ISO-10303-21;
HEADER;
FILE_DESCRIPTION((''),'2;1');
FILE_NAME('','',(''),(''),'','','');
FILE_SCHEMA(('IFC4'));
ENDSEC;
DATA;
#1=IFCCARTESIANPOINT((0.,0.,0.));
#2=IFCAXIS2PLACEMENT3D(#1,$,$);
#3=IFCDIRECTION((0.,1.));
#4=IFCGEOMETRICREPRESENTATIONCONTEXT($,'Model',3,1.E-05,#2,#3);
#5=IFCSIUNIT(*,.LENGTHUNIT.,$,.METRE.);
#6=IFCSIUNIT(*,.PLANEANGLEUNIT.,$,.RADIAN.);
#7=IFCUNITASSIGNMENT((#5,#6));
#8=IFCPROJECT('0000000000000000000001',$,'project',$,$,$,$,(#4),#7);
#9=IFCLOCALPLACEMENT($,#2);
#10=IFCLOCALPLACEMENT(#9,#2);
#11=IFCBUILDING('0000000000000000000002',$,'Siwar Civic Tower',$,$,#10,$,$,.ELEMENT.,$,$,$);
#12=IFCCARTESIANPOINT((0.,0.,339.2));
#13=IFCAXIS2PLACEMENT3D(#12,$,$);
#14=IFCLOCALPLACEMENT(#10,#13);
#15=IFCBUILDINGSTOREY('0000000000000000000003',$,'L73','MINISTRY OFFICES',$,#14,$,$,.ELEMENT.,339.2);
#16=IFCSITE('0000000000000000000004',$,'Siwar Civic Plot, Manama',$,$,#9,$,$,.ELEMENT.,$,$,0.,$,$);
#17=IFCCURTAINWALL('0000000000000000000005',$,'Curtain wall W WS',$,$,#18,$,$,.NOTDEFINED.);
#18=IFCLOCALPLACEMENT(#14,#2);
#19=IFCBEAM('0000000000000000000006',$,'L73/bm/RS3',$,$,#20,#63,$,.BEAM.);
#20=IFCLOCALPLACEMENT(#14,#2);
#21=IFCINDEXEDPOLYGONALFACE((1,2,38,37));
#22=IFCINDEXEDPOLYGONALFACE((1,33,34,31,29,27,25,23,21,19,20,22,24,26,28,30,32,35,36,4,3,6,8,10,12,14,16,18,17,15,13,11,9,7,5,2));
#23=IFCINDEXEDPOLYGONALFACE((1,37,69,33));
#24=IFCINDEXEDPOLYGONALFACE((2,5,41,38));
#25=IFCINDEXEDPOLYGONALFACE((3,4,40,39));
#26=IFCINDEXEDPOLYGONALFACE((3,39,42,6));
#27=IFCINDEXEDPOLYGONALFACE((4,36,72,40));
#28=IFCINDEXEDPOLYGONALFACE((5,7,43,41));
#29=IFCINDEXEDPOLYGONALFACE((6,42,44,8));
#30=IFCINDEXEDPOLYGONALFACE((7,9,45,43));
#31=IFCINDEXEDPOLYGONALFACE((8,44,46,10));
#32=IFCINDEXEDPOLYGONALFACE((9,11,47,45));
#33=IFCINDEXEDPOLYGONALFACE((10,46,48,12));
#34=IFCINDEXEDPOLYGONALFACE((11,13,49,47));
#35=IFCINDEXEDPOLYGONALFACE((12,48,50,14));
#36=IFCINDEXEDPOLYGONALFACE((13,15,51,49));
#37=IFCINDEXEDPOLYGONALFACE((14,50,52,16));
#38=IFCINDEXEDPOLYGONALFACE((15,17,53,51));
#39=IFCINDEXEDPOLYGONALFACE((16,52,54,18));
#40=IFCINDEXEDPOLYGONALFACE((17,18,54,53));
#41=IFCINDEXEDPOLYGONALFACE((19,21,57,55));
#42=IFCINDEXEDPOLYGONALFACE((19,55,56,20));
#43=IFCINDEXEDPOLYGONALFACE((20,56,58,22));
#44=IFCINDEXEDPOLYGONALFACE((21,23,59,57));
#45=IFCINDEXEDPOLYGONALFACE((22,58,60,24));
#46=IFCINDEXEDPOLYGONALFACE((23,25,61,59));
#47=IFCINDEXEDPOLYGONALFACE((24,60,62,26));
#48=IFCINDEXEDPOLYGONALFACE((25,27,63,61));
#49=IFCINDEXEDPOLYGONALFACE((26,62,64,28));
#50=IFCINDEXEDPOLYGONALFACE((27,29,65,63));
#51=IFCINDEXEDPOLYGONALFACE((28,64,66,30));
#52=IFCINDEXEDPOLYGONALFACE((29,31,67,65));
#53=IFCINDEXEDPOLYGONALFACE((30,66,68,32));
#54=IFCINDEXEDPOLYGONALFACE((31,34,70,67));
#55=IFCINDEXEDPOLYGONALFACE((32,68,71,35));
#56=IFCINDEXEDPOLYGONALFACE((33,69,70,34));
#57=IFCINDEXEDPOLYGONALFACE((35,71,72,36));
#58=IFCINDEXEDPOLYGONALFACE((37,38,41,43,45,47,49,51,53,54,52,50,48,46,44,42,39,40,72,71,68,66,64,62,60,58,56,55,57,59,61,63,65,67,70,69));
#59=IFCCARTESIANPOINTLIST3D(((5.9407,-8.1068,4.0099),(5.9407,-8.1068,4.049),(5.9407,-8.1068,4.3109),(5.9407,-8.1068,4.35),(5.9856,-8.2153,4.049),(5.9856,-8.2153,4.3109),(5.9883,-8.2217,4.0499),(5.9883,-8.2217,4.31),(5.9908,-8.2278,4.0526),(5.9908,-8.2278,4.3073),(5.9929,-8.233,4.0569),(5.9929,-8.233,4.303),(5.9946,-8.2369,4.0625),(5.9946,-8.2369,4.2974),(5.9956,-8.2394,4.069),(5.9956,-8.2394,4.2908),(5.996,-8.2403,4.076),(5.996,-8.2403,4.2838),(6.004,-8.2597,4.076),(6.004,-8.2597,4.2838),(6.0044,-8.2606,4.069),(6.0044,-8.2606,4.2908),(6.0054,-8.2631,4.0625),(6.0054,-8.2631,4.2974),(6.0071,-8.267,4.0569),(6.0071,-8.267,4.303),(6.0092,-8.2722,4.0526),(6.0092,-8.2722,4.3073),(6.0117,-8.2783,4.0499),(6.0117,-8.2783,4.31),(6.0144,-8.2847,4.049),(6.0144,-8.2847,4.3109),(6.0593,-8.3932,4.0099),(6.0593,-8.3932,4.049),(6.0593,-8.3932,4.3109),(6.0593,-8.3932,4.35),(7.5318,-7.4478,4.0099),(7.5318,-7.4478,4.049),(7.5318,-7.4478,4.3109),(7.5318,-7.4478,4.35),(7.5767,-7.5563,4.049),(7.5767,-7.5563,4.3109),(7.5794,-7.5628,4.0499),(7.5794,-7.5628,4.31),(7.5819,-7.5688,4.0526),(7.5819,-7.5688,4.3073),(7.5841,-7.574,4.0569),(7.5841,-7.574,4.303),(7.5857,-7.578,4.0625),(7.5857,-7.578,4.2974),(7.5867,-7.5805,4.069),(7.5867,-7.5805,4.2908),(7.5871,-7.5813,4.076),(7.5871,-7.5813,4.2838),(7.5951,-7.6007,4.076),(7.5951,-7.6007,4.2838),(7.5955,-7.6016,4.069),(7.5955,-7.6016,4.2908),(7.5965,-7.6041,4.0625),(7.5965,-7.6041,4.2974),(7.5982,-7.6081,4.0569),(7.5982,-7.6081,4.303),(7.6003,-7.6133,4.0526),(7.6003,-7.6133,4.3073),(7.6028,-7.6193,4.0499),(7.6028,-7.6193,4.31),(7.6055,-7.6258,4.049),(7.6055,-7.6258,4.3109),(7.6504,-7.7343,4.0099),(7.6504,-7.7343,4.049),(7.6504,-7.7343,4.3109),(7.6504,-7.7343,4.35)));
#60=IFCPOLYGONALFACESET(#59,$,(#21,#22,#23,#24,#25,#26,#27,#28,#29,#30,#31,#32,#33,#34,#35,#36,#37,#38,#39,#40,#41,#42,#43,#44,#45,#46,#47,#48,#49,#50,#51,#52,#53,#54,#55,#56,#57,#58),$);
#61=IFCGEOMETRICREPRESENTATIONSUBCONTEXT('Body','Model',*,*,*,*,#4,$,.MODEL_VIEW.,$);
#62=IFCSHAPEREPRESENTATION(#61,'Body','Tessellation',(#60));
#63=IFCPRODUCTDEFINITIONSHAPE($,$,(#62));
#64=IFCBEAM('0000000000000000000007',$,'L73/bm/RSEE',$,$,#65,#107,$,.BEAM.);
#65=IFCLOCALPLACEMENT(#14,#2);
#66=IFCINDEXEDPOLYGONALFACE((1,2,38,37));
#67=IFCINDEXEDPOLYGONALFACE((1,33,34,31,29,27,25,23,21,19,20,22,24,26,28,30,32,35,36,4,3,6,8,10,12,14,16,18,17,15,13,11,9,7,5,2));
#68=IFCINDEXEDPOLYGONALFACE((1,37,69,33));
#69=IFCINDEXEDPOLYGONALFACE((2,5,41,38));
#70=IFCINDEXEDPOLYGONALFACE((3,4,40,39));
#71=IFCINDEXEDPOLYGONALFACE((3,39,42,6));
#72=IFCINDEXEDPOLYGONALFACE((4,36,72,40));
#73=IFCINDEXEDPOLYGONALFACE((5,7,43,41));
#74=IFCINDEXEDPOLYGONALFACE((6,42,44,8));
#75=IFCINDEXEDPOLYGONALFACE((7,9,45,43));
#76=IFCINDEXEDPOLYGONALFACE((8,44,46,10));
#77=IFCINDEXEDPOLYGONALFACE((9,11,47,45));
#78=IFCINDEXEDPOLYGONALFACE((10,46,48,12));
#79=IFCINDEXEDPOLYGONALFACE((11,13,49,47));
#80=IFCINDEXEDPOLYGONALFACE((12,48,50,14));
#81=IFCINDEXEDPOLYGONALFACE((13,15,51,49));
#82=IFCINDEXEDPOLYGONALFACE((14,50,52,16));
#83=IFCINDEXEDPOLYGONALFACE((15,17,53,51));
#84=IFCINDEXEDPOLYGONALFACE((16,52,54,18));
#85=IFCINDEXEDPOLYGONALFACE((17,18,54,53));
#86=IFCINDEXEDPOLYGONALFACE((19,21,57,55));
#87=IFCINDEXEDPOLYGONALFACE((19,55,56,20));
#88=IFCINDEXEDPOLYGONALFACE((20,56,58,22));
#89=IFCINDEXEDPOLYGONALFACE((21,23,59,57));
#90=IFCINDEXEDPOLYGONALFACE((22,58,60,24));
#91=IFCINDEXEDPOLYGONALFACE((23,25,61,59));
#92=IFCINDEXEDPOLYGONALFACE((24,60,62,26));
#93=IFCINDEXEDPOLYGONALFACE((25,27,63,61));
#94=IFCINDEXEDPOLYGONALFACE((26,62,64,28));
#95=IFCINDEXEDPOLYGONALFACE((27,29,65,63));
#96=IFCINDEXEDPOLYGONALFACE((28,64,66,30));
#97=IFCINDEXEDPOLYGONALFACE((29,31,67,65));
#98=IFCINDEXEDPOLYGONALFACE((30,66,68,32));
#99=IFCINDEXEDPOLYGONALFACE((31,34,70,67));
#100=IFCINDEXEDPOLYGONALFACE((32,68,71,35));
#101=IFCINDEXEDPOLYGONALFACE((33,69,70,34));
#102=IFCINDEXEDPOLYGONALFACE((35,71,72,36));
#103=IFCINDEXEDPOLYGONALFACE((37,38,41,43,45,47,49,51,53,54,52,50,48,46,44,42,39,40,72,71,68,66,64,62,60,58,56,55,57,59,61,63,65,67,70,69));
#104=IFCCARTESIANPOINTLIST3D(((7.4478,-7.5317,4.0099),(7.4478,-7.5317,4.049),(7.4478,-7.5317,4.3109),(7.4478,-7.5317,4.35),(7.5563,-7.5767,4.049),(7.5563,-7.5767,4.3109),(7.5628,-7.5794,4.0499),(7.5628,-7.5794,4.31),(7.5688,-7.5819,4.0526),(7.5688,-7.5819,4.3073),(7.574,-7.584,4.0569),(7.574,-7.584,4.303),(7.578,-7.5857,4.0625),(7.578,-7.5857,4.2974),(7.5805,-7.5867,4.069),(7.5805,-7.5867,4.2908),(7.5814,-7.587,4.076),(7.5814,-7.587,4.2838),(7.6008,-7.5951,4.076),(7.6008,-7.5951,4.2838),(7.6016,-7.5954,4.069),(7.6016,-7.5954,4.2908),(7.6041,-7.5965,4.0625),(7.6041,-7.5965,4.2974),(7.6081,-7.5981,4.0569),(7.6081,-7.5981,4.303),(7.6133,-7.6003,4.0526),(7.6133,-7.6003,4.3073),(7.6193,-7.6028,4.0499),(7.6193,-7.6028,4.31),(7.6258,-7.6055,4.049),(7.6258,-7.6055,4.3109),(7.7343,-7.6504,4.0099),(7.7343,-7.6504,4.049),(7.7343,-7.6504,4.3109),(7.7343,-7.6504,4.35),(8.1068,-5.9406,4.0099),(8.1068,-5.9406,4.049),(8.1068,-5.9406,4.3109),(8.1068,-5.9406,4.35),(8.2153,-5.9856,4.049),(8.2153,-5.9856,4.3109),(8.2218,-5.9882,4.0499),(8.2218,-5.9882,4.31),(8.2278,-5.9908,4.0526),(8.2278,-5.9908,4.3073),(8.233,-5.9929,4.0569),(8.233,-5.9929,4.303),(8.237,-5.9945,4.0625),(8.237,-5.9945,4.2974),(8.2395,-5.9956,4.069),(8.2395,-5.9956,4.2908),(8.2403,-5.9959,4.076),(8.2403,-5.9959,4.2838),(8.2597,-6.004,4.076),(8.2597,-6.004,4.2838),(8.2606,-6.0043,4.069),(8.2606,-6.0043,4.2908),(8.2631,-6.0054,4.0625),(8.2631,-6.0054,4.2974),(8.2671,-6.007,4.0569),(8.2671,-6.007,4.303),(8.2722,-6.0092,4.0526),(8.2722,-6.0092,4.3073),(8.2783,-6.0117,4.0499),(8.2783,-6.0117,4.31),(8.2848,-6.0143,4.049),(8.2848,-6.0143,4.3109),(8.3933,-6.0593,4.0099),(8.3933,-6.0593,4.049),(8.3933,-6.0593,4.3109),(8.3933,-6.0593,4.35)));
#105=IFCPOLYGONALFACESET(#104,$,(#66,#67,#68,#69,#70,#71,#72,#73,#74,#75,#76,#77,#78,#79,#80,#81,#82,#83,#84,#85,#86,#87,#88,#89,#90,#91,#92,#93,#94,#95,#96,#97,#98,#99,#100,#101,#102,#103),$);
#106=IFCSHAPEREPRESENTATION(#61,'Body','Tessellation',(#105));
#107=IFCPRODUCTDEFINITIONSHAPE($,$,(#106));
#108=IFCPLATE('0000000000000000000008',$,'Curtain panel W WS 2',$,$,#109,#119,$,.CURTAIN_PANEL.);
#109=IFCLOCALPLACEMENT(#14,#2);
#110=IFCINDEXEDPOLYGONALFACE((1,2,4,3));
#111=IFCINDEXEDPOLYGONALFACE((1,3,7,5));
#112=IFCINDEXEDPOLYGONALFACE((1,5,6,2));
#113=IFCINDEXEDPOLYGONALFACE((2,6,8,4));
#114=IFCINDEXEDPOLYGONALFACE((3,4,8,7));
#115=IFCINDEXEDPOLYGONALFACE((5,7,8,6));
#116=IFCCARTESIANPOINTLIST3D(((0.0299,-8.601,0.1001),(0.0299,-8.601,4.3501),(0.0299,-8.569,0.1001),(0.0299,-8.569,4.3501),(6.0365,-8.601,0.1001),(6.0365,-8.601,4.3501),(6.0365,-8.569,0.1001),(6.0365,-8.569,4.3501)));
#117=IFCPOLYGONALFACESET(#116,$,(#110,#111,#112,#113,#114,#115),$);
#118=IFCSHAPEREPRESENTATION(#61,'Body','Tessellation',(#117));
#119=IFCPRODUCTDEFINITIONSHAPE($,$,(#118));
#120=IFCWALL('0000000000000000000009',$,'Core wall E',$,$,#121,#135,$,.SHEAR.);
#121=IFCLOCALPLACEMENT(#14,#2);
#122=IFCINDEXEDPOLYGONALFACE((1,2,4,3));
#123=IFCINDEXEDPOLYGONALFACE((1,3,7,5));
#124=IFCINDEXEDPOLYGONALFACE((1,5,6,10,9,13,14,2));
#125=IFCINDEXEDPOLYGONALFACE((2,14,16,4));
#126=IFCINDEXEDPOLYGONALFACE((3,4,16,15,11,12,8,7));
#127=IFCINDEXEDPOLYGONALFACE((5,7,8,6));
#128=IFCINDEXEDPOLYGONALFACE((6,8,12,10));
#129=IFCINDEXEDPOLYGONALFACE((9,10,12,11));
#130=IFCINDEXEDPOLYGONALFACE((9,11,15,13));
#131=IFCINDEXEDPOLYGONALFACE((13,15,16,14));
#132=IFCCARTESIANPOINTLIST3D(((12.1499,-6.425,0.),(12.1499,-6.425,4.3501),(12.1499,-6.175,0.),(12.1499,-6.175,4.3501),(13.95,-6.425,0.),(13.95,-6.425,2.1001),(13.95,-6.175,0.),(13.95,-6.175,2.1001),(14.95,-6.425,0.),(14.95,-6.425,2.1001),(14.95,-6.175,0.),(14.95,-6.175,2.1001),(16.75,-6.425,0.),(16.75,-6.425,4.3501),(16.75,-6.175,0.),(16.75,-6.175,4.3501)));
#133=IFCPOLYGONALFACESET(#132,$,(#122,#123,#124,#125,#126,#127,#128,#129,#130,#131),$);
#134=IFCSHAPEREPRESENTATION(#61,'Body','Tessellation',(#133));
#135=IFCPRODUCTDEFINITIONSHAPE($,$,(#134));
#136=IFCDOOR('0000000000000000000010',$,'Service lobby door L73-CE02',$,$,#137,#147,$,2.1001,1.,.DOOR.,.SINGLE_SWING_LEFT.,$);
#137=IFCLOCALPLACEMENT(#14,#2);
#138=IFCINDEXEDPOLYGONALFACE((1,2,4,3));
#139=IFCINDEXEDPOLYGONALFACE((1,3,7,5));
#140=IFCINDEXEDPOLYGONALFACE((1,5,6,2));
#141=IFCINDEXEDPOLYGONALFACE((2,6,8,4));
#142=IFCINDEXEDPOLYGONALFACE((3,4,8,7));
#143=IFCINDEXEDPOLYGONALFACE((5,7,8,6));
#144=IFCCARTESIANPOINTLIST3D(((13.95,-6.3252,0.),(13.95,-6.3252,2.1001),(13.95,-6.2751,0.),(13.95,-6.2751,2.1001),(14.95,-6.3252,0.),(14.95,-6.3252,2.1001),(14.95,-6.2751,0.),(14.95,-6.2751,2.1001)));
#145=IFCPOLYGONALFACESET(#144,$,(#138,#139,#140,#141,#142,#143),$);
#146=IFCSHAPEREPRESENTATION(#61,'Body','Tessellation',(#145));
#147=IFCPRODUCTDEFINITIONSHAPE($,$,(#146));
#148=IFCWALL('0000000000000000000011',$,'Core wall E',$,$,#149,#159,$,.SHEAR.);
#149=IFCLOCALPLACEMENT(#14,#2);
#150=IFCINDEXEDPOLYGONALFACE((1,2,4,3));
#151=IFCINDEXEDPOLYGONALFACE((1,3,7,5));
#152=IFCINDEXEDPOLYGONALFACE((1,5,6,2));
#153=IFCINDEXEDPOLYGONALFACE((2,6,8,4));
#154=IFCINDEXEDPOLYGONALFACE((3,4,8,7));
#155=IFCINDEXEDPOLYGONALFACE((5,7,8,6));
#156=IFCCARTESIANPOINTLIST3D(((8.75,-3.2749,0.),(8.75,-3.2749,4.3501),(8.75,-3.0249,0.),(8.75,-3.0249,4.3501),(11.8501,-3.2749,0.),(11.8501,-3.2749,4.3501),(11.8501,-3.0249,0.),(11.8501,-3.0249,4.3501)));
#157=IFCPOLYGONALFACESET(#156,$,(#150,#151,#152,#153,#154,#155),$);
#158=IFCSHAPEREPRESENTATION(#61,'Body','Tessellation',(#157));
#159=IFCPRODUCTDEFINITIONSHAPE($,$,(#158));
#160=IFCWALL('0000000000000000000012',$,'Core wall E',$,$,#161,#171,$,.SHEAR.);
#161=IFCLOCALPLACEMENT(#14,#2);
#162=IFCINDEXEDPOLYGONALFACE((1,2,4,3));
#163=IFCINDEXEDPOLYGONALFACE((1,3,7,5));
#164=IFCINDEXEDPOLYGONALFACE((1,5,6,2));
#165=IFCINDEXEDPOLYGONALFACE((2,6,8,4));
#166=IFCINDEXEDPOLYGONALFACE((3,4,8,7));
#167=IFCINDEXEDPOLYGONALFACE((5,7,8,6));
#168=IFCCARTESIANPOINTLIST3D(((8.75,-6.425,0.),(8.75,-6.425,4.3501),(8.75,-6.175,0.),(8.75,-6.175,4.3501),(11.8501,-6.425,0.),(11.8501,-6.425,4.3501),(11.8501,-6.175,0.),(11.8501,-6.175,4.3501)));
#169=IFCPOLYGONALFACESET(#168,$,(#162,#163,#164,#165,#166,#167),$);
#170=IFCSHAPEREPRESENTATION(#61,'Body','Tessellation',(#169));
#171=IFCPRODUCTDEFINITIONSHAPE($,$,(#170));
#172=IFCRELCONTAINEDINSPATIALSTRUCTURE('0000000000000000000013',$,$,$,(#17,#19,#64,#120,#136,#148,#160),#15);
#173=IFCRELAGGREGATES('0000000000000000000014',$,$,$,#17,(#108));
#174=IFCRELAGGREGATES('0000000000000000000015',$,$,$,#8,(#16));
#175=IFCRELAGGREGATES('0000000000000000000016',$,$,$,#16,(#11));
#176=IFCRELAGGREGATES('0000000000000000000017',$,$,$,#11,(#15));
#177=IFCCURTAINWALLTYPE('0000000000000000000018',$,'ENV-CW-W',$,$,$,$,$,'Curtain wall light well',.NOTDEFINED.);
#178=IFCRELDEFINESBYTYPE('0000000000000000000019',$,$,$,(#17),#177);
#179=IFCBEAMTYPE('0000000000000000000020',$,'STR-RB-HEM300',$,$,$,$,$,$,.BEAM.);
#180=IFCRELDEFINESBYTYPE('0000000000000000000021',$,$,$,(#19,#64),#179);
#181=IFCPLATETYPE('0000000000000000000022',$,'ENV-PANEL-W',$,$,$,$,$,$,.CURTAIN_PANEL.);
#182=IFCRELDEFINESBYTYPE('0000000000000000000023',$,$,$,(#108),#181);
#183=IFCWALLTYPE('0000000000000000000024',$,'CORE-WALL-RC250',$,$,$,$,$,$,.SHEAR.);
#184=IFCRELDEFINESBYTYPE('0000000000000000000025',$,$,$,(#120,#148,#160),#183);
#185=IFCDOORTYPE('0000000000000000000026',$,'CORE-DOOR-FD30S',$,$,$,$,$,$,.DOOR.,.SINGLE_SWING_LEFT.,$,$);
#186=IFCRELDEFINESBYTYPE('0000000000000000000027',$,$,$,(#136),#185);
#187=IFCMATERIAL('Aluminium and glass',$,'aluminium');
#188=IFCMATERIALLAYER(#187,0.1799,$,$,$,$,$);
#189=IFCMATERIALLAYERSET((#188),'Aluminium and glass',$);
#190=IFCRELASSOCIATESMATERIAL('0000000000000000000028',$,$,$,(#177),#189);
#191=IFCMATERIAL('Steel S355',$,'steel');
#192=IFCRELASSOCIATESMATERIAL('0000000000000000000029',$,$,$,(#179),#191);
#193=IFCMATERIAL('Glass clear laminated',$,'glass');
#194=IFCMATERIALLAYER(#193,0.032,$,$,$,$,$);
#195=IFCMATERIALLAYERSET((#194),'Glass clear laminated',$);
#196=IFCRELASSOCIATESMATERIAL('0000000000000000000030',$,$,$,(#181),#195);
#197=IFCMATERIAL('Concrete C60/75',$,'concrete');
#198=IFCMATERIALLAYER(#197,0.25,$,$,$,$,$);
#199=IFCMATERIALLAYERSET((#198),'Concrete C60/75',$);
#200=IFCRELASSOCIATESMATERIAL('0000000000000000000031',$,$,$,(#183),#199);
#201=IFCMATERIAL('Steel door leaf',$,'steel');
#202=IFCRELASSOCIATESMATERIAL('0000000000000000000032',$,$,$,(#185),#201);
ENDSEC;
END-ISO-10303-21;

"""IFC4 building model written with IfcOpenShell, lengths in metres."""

from ifc_helpers import new_model, si_unit, direction, frame, frame_2d, origin, origin_2d, place, context, subcontext, project, spatial, rectangle, i_section, extrude, material, layer, layer_set, material_profile, profile_set, type_object, element, fill, aggregate, save


model = new_model("IFC4")

# Units and contexts
model_context = context("Model", 3, precision=1e-05, world=origin(), true_north=direction((0.0, 1.0)))
body_context = subcontext(model_context, "Body", "Model", "MODEL_VIEW")
ifc_project = project(units=[si_unit("LENGTHUNIT", "METRE"), si_unit("PLANEANGLEUNIT", "RADIAN")], contexts=[model_context])

# Site, building, storey
site_placement = place(None, origin())
site = spatial("IfcSite", under=ifc_project, at=site_placement, Name="Siwar Civic Plot, Manama", CompositionType="ELEMENT", RefElevation=0.0)
building_placement = place(site_placement, origin())
building = spatial("IfcBuilding", under=site, at=building_placement, Name="Siwar Civic Tower", CompositionType="ELEMENT")
storey_placement = place(building_placement, frame((0.0, 0.0, 339.2)))
storey = spatial("IfcBuildingStorey", under=building, at=storey_placement, Name="L73", Description="MINISTRY OFFICES", CompositionType="ELEMENT", Elevation=339.2)

# Curtain wall
ifc_material_1 = material(Name="Aluminium and glass", Category="aluminium")
ifc_layer_1 = layer(ifc_material_1, 0.1799)
ifc_layer_set_1 = layer_set([ifc_layer_1], Name="Aluminium and glass")
curtain_wall_type = type_object("IfcCurtainWallType", Name="ENV-CW-W", ElementType="Curtain wall light well", PredefinedType="NOTDEFINED", material=ifc_layer_set_1)
curtain_wall_placement = place(storey_placement, origin())
curtain_wall = element("IfcCurtainWall", 1, at=curtain_wall_placement, inside=storey, type_object=curtain_wall_type, Name="Curtain wall W WS", PredefinedType="NOTDEFINED")

# Beams
ifc_material_2 = material(Name="Steel S355", Category="steel")
ifc_material_profile_1 = material_profile(ifc_material_2, i_section(OverallWidth=0.3101, OverallDepth=0.3401, WebThickness=0.021, FlangeThickness=0.0391, FilletRadius=0.0271, at=origin_2d()), Name="HEM300")
ifc_profile_set_1 = profile_set([ifc_material_profile_1], Name="Steel S355")
beam_type_1 = type_object("IfcBeamType", Name="STR-RB-HEM300", PredefinedType="BEAM", material=ifc_profile_set_1)
for number, where, z_axis, x_axis, name in (
    (2, (6.0, -8.25, 4.1799), (0.923901, 0.382631, 0.0), (-0.382631, 0.923901, 0.0), "L73/bm/RS3"),
    (3, (7.5911, -7.5911, 4.1799), (0.382631, 0.923901, 0.0), (-0.923901, 0.382631, 0.0), "L73/bm/RSEE"),
):
    element("IfcBeam", number, at=place(storey_placement, frame(where, z_axis=z_axis, x_axis=x_axis)), inside=storey, type_object=beam_type_1, Name=name, PredefinedType="BEAM", context=body_context, shape_type="SweptSolid", body=[
        extrude(i_section(OverallWidth=0.3101, OverallDepth=0.3401, WebThickness=0.021, FlangeThickness=0.0391, FilletRadius=0.0271, at=origin_2d()), origin(), (0.0, 0.0, 1.0), 1.7222),
    ])

# Plate
ifc_material_3 = material(Name="Glass clear laminated", Category="glass")
ifc_layer_2 = layer(ifc_material_3, 0.032)
ifc_layer_set_2 = layer_set([ifc_layer_2], Name="Glass clear laminated")
plate_type = type_object("IfcPlateType", Name="ENV-PANEL-W", PredefinedType="CURTAIN_PANEL", material=ifc_layer_set_2)
plate_placement = place(storey_placement, frame((3.0332, -8.585, 0.1001), z_axis=(0.0, 0.0, 1.0), x_axis=(1.0, 0.0, 0.0)))
plate = element("IfcPlate", 4, at=plate_placement, type_object=plate_type, Name="Curtain panel W WS 2", PredefinedType="CURTAIN_PANEL", context=body_context, shape_type="SweptSolid", body=[
    extrude(rectangle(XDim=6.0066, YDim=0.032, at=origin_2d()), origin(), (0.0, 0.0, 1.0), 4.25),
])
aggregate(curtain_wall, [plate])

# Wall, opening, door
ifc_material_4 = material(Name="Concrete C60/75", Category="concrete")
ifc_layer_3 = layer(ifc_material_4, 0.25)
ifc_layer_set_3 = layer_set([ifc_layer_3], Name="Concrete C60/75")
wall_type_1 = type_object("IfcWallType", Name="CORE-WALL-RC250", PredefinedType="SHEAR", material=ifc_layer_set_3)
wall_1_placement = place(storey_placement, frame((12.1499, -6.3, 0.0), z_axis=(0.0, 0.0, 1.0), x_axis=(1.0, 0.0, 0.0)))
wall_1 = element("IfcWall", 5, at=wall_1_placement, inside=storey, type_object=wall_type_1, Name="Core wall E", PredefinedType="SHEAR", context=body_context, shape_type="SweptSolid", body=[
    extrude(rectangle(XDim=4.6001, YDim=0.25, at=frame_2d((2.3, 0.0))), origin(), (0.0, 0.0, 1.0), 4.3501),
])
opening_1_placement = place(wall_1_placement, frame((1.8, 0.0, 0.0)))
opening_1 = element("IfcOpeningElement", 6, at=opening_1_placement, cuts=wall_1, PredefinedType="OPENING", context=body_context, shape_type="SweptSolid", body=[
    extrude(rectangle(XDim=1.0, YDim=2.1001, at=frame_2d((0.5, 1.05))), frame((0.0, 0.135, 0.0), z_axis=(0.0, -1.0, 0.0), x_axis=(1.0, 0.0, 0.0)), (0.0, 0.0, 1.0), 0.27),
])
ifc_material_5 = material(Name="Steel door leaf", Category="steel")
door_type_1 = type_object("IfcDoorType", Name="CORE-DOOR-FD30S", OperationType="SINGLE_SWING_LEFT", PredefinedType="DOOR", material=ifc_material_5)
door_1_placement = place(opening_1_placement, origin())
door_1 = element("IfcDoor", 7, at=door_1_placement, inside=storey, type_object=door_type_1, Name="Service lobby door L73-CE02", OperationType="SINGLE_SWING_LEFT", OverallHeight=2.1001, OverallWidth=1.0, PredefinedType="DOOR", context=body_context, shape_type="SweptSolid", body=[
    extrude(rectangle(XDim=1.0, YDim=2.1001, at=frame_2d((0.5, 1.05))), frame((0.0, 0.0249, 0.0), z_axis=(0.0, -1.0, 0.0), x_axis=(1.0, 0.0, 0.0)), (0.0, 0.0, 1.0), 0.05),
])
fill(opening_1, door_1)

# Walls
for number, where, z_axis, x_axis, name in (
    (8, (8.75, -3.1499, 0.0), (0.0, 0.0, 1.0), (1.0, 0.0, 0.0), "Core wall E"),
    (9, (8.75, -6.3, 0.0), (0.0, 0.0, 1.0), (1.0, 0.0, 0.0), "Core wall E"),
):
    element("IfcWall", number, at=place(storey_placement, frame(where, z_axis=z_axis, x_axis=x_axis)), inside=storey, type_object=wall_type_1, Name=name, PredefinedType="SHEAR", context=body_context, shape_type="SweptSolid", body=[
        extrude(rectangle(XDim=3.1001, YDim=0.25, at=frame_2d((1.55, 0.0))), origin(), (0.0, 0.0, 1.0), 4.3501),
    ])

save(model, "model.ifc")
